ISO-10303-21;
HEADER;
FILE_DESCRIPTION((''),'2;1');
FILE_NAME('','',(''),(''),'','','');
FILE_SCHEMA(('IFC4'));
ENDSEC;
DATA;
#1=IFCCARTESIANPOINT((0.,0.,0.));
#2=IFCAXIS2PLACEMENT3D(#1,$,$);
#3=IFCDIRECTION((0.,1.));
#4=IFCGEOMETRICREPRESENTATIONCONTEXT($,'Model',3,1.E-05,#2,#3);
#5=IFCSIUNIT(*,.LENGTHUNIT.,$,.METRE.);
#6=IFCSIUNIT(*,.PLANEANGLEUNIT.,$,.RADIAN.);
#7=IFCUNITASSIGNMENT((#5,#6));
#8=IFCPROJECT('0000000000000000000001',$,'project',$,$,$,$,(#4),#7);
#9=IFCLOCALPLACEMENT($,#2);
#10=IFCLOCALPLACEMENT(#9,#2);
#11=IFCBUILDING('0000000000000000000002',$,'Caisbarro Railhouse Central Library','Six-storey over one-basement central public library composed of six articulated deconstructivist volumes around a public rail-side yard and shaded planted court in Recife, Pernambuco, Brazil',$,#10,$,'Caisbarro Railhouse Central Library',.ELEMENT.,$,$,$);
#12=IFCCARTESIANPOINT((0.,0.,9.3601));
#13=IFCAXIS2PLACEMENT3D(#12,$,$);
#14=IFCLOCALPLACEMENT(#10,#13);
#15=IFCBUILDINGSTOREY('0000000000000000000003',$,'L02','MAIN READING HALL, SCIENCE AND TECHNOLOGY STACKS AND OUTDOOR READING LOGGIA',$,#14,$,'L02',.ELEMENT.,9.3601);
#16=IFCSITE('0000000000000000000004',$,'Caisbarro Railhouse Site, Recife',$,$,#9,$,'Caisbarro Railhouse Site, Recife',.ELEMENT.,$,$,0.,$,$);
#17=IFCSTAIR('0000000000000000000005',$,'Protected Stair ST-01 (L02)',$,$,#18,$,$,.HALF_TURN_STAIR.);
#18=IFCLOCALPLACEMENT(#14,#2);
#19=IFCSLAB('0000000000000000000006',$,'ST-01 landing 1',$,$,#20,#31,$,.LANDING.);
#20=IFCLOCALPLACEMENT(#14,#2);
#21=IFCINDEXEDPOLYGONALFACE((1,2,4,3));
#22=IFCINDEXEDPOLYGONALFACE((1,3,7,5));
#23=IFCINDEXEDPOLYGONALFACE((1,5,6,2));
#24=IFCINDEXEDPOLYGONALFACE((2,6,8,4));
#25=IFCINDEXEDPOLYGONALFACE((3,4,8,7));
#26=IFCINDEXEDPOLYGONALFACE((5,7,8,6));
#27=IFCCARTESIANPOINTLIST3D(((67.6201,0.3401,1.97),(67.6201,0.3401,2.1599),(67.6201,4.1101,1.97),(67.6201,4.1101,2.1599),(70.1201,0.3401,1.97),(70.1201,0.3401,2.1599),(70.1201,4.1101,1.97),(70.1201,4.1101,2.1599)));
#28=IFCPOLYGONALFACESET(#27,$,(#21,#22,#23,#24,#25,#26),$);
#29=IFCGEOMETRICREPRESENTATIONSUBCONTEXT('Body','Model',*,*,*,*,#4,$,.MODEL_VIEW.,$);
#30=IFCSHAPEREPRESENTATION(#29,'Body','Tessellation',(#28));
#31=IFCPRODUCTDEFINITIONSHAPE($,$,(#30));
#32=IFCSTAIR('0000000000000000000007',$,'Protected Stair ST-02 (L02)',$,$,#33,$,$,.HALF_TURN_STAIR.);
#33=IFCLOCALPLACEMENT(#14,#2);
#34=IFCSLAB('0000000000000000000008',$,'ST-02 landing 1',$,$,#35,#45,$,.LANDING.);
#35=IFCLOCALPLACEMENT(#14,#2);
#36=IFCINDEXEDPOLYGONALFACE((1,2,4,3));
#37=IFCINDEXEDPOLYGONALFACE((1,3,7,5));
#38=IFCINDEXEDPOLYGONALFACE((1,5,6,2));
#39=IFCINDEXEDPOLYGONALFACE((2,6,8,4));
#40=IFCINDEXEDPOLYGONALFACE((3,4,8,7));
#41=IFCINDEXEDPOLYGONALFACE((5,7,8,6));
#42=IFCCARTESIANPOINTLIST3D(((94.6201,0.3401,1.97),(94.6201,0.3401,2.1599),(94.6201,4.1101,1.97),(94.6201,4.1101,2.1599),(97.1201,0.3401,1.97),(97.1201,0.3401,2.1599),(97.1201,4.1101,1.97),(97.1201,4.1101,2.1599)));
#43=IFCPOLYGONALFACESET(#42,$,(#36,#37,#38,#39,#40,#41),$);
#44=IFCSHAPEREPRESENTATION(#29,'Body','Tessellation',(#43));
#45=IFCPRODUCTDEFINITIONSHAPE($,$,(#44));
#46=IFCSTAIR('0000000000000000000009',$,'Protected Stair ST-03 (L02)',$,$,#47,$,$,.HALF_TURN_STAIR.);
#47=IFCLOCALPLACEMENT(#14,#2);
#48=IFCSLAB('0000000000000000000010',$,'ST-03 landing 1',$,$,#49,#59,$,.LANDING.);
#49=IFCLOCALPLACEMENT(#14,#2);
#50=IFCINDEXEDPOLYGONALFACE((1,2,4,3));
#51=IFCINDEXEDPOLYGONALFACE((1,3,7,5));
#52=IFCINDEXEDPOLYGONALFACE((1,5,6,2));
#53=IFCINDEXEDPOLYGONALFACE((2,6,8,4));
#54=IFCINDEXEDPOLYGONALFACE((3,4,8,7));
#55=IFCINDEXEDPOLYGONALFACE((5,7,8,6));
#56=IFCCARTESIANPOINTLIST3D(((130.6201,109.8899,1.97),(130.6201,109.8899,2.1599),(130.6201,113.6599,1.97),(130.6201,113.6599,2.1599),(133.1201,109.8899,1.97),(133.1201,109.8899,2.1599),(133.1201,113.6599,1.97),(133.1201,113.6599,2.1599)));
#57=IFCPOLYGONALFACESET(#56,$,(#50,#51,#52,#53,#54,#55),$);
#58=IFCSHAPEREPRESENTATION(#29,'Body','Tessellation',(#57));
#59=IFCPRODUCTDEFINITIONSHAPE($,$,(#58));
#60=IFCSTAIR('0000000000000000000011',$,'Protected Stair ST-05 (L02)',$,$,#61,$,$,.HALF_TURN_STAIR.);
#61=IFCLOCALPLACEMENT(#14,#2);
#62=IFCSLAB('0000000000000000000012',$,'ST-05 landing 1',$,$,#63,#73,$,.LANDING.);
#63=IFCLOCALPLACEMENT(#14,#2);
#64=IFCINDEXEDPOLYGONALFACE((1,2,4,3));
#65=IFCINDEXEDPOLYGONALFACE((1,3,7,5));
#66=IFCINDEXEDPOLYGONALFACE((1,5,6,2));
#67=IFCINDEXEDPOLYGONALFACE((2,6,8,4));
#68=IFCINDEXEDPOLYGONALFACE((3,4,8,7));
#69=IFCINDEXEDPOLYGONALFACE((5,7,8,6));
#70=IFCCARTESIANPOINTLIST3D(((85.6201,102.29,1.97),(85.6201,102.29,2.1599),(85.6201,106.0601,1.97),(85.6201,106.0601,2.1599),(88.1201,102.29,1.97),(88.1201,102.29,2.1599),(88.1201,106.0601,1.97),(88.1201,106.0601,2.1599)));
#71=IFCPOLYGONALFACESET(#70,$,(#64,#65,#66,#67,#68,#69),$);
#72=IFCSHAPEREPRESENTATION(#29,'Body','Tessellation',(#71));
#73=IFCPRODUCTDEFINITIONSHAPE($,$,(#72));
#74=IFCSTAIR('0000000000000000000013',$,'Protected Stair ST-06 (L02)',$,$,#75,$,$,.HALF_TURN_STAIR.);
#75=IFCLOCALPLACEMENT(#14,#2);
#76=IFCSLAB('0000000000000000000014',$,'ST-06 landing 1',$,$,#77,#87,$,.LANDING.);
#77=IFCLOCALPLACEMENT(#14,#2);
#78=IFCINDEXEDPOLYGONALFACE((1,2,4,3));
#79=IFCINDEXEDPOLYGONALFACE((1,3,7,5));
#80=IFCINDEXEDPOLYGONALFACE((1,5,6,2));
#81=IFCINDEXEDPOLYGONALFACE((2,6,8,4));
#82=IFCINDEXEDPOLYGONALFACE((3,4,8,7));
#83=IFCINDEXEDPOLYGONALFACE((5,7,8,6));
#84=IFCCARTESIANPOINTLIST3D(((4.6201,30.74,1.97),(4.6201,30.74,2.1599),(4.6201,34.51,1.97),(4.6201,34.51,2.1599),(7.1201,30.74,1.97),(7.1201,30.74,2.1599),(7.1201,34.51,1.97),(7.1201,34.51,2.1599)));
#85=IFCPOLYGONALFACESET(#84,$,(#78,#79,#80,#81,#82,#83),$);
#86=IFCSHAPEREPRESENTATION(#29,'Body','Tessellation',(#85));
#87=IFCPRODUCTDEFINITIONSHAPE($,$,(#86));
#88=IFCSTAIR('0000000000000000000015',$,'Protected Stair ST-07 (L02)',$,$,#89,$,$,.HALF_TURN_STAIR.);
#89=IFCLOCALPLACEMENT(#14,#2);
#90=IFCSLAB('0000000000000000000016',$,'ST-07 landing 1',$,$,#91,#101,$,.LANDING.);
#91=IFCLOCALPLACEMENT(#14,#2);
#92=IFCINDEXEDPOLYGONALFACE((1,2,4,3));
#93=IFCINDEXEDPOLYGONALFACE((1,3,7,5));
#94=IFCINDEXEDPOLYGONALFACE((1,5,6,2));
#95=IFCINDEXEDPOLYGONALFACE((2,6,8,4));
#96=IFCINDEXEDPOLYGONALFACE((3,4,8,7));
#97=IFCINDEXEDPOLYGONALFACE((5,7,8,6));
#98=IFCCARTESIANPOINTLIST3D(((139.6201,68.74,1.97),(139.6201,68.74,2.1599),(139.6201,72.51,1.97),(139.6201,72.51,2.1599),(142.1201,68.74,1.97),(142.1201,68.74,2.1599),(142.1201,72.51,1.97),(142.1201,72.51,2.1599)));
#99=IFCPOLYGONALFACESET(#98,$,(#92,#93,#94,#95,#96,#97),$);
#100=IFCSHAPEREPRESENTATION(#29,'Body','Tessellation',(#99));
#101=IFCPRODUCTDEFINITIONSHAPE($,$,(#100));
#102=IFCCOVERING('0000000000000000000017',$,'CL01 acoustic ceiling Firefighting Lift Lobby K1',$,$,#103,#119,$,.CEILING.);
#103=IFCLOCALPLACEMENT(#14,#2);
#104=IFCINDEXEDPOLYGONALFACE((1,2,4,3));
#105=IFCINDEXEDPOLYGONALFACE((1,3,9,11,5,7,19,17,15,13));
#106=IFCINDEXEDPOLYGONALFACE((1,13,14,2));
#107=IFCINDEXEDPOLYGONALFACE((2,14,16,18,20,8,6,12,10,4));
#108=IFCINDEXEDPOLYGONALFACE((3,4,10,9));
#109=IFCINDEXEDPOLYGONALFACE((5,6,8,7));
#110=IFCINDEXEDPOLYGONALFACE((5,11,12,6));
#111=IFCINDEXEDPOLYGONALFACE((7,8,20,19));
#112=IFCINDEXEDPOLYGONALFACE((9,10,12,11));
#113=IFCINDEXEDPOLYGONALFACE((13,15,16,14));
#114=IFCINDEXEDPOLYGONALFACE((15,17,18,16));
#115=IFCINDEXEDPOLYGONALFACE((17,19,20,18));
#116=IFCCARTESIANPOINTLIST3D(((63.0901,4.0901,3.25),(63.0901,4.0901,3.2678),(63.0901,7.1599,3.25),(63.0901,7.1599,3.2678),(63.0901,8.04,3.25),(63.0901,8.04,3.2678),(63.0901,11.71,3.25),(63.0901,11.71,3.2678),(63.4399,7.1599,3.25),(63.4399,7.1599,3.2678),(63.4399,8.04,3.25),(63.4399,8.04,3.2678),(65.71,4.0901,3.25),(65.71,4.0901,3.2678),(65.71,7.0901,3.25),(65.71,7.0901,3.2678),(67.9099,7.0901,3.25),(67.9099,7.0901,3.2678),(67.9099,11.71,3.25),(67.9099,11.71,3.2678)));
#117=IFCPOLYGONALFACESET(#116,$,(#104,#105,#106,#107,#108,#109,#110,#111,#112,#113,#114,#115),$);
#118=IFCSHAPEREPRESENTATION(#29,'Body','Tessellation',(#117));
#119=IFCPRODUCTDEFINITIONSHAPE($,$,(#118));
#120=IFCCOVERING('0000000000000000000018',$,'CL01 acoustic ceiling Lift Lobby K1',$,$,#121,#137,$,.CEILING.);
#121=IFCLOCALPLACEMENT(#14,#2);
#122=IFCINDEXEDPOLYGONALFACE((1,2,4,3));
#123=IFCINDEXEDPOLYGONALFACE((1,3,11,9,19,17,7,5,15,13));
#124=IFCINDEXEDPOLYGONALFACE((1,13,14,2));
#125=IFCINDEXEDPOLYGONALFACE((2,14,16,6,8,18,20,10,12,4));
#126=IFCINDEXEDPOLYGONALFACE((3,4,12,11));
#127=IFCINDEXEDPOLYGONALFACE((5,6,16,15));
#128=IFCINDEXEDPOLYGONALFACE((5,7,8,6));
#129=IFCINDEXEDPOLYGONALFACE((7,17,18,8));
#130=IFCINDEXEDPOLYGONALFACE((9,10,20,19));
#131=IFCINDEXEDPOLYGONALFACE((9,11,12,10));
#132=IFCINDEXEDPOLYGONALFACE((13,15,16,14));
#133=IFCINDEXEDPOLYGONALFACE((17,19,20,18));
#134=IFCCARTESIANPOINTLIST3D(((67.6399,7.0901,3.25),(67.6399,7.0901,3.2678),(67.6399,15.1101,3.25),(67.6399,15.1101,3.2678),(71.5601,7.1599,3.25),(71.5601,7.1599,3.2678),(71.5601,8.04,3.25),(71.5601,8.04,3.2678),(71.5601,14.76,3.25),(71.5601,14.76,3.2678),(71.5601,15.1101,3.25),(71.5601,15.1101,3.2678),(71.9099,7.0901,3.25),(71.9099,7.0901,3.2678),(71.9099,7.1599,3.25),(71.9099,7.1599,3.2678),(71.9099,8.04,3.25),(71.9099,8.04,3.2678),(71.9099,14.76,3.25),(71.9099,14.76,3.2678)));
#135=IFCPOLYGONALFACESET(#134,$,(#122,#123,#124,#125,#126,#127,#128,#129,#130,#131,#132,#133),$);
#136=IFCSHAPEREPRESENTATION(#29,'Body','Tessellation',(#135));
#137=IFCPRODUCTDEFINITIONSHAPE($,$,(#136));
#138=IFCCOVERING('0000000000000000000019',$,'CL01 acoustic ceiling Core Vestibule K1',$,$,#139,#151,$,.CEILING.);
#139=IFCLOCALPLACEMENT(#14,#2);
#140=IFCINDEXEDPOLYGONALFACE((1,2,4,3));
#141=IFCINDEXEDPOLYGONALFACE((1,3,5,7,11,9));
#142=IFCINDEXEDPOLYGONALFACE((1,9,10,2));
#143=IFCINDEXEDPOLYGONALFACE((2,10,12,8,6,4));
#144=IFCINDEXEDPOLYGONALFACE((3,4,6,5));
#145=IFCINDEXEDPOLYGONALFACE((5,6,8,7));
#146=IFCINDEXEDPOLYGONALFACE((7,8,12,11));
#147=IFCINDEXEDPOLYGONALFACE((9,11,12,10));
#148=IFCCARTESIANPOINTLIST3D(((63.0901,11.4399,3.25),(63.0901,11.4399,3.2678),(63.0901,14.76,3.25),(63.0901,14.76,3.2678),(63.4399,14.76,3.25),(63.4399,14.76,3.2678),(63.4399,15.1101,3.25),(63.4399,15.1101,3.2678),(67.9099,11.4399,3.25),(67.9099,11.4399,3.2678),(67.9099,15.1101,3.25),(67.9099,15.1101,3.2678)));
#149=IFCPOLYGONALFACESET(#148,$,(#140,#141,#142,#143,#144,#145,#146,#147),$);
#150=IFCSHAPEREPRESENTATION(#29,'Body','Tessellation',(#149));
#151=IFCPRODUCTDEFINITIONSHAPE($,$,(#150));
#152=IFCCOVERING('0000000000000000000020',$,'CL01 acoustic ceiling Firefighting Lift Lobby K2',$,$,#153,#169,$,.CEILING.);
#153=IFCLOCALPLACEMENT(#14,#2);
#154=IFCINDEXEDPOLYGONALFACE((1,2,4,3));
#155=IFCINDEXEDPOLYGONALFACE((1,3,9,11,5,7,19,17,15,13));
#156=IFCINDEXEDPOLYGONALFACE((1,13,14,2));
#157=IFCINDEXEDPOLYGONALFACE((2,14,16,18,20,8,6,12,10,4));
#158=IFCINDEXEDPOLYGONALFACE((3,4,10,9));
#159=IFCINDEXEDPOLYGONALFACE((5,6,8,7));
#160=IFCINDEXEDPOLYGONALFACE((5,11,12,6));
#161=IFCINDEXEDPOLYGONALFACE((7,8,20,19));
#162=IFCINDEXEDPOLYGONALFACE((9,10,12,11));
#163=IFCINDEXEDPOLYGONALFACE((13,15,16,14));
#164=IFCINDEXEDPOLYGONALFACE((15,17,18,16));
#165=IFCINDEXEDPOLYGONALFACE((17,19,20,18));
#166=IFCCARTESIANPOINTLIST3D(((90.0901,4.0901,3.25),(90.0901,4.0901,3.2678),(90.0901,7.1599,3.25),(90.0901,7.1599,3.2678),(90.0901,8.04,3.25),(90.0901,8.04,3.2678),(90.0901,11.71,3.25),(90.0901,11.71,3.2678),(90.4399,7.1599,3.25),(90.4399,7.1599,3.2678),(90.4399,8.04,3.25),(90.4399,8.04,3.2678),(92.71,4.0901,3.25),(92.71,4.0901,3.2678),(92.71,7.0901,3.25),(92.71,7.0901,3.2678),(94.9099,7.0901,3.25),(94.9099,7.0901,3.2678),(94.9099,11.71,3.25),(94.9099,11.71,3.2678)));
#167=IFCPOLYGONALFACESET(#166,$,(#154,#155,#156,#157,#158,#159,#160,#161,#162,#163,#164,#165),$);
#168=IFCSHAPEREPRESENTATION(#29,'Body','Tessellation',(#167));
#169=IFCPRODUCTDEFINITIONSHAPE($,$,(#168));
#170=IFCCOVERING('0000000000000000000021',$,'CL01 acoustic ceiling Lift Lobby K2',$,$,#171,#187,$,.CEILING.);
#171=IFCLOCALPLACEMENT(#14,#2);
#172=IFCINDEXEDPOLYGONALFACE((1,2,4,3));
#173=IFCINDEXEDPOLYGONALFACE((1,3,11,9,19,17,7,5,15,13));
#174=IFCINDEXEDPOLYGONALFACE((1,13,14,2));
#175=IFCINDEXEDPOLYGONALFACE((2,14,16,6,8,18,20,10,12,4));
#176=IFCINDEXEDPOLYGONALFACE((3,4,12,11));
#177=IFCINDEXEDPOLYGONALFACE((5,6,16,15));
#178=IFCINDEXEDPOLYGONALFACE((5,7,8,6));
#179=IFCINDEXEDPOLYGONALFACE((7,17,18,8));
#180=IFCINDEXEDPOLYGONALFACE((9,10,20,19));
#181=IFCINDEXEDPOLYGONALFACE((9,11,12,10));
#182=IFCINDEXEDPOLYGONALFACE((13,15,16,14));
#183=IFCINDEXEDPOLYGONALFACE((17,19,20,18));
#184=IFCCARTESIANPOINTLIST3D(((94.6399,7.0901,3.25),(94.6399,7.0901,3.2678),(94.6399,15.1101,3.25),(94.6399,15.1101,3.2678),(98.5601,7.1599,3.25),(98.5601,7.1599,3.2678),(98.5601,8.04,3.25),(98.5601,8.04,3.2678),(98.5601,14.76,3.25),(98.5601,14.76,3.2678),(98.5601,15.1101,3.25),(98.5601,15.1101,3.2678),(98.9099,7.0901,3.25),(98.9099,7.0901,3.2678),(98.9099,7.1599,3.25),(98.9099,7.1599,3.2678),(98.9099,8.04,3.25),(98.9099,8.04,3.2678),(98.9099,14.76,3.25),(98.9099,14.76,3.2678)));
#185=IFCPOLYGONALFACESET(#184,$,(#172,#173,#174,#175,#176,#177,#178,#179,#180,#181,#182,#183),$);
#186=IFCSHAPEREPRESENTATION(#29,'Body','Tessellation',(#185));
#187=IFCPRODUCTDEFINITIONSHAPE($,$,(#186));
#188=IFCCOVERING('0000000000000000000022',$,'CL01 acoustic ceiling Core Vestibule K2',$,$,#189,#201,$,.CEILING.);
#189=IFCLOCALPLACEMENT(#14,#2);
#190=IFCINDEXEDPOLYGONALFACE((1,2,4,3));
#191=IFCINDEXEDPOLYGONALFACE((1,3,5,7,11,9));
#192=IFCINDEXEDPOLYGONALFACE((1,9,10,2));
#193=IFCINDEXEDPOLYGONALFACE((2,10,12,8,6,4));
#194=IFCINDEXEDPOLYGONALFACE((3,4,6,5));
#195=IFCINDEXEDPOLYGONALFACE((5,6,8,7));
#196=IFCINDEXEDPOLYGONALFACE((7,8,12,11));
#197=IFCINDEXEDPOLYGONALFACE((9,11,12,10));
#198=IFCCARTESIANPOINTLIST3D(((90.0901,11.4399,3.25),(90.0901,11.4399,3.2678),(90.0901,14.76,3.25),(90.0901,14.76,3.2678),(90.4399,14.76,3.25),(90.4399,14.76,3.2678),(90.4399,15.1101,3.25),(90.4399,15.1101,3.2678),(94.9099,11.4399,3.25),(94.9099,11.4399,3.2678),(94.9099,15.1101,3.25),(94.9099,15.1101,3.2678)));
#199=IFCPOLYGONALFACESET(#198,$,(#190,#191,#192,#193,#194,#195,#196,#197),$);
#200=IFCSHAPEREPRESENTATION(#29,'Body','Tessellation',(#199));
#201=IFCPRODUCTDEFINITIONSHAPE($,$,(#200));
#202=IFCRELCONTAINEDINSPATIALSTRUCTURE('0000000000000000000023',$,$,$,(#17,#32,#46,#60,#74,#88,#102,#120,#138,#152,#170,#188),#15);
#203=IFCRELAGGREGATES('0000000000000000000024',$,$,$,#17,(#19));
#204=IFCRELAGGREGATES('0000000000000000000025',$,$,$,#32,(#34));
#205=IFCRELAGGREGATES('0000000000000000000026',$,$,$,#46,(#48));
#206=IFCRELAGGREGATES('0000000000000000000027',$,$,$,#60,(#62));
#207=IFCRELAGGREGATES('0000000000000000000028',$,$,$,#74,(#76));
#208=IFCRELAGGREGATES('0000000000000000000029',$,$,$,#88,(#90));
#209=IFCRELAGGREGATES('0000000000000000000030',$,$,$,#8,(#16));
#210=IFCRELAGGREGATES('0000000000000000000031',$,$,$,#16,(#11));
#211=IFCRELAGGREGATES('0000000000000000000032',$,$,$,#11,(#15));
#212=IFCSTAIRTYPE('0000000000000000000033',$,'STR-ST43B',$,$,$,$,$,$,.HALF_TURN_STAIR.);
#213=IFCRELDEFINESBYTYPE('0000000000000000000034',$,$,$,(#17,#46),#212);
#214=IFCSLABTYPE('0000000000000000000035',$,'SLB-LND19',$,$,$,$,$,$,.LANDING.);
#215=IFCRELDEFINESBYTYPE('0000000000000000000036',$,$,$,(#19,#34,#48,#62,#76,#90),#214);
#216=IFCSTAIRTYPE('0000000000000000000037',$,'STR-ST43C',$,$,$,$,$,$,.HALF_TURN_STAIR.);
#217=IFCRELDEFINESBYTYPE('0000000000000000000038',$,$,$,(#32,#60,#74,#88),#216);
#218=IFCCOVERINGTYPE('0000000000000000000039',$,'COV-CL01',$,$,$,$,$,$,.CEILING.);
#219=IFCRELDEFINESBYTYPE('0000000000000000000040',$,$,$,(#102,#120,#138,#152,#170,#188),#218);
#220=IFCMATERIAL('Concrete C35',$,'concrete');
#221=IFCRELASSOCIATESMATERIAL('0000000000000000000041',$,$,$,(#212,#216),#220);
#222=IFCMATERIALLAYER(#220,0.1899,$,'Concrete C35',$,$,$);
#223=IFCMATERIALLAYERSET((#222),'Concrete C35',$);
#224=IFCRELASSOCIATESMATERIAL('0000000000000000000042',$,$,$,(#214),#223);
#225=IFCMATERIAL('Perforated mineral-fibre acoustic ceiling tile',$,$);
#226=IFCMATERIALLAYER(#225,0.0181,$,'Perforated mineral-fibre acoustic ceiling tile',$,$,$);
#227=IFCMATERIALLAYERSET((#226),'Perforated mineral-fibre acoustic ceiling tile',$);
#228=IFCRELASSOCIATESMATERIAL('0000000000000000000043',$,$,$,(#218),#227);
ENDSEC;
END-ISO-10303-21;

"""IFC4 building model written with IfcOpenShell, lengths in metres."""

from ifc_helpers import new_model, si_unit, direction, frame, origin, place, context, subcontext, project, spatial, polyline, outline, extrude, material, layer, layer_set, type_object, element, aggregate, save


model = new_model("IFC4")

# Units and contexts
model_context = context("Model", 3, precision=1e-05, world=origin(), true_north=direction((0.0, 1.0)))
body_context = subcontext(model_context, "Body", "Model", "MODEL_VIEW")
ifc_project = project(units=[si_unit("LENGTHUNIT", "METRE"), si_unit("PLANEANGLEUNIT", "RADIAN")], contexts=[model_context])

# Site, building, storey
site_placement = place(None, origin())
site = spatial("IfcSite", under=ifc_project, at=site_placement, Name="Caisbarro Railhouse Site, Recife", LongName="Caisbarro Railhouse Site, Recife", CompositionType="ELEMENT", RefElevation=0.0)
building_placement = place(site_placement, origin())
building = spatial("IfcBuilding", under=site, at=building_placement, Name="Caisbarro Railhouse Central Library", Description="Six-storey over one-basement central public library composed of six articulated deconstructivist volumes around a public rail-side yard and shaded planted court in Recife, Pernambuco, Brazil", LongName="Caisbarro Railhouse Central Library", CompositionType="ELEMENT")
storey_placement = place(building_placement, frame((0.0, 0.0, 9.3601)))
storey = spatial("IfcBuildingStorey", under=building, at=storey_placement, Name="L02", Description="MAIN READING HALL, SCIENCE AND TECHNOLOGY STACKS AND OUTDOOR READING LOGGIA", LongName="L02", CompositionType="ELEMENT", Elevation=9.3601)

# Stairs, slabs
ifc_material_1 = material(Name="Concrete C35", Category="concrete")
stair_type_1 = type_object("IfcStairType", Name="STR-ST43B", PredefinedType="HALF_TURN_STAIR", material=ifc_material_1)
stair_1_placement = place(storey_placement, origin())
stair_1 = element("IfcStair", 1, at=stair_1_placement, inside=storey, type_object=stair_type_1, Name="Protected Stair ST-01 (L02)", PredefinedType="HALF_TURN_STAIR")
ifc_layer_1 = layer(ifc_material_1, 0.1899, Name="Concrete C35")
ifc_layer_set_1 = layer_set([ifc_layer_1], Name="Concrete C35")
slab_type = type_object("IfcSlabType", Name="SLB-LND19", PredefinedType="LANDING", material=ifc_layer_set_1)
slab_1_placement = place(storey_placement, frame((0.0, 0.0, 1.97)))
slab_1 = element("IfcSlab", 2, at=slab_1_placement, type_object=slab_type, Name="ST-01 landing 1", PredefinedType="LANDING", context=body_context, shape_type="SweptSolid", body=[
    extrude(outline(polyline([(67.6201, 0.3401), (70.1201, 0.3401), (70.1201, 4.1101), (67.6201, 4.1101), (67.6201, 0.3401)])), origin(), (0.0, 0.0, 1.0), 0.1899),
])
aggregate(stair_1, [slab_1])
stair_type_2 = type_object("IfcStairType", Name="STR-ST43C", PredefinedType="HALF_TURN_STAIR", material=ifc_material_1)
stair_2_placement = place(storey_placement, origin())
stair_2 = element("IfcStair", 3, at=stair_2_placement, inside=storey, type_object=stair_type_2, Name="Protected Stair ST-02 (L02)", PredefinedType="HALF_TURN_STAIR")
slab_2_placement = place(storey_placement, frame((0.0, 0.0, 1.97)))
slab_2 = element("IfcSlab", 4, at=slab_2_placement, type_object=slab_type, Name="ST-02 landing 1", PredefinedType="LANDING", context=body_context, shape_type="SweptSolid", body=[
    extrude(outline(polyline([(94.6201, 0.3401), (97.1201, 0.3401), (97.1201, 4.1101), (94.6201, 4.1101), (94.6201, 0.3401)])), origin(), (0.0, 0.0, 1.0), 0.1899),
])
aggregate(stair_2, [slab_2])
stair_3_placement = place(storey_placement, origin())
stair_3 = element("IfcStair", 5, at=stair_3_placement, inside=storey, type_object=stair_type_1, Name="Protected Stair ST-03 (L02)", PredefinedType="HALF_TURN_STAIR")
slab_3_placement = place(storey_placement, frame((0.0, 0.0, 1.97)))
slab_3 = element("IfcSlab", 6, at=slab_3_placement, type_object=slab_type, Name="ST-03 landing 1", PredefinedType="LANDING", context=body_context, shape_type="SweptSolid", body=[
    extrude(outline(polyline([(130.6201, 109.8899), (133.1201, 109.8899), (133.1201, 113.6599), (130.6201, 113.6599), (130.6201, 109.8899)])), origin(), (0.0, 0.0, 1.0), 0.1899),
])
aggregate(stair_3, [slab_3])
stair_4_placement = place(storey_placement, origin())
stair_4 = element("IfcStair", 7, at=stair_4_placement, inside=storey, type_object=stair_type_2, Name="Protected Stair ST-05 (L02)", PredefinedType="HALF_TURN_STAIR")
slab_4_placement = place(storey_placement, frame((0.0, 0.0, 1.97)))
slab_4 = element("IfcSlab", 8, at=slab_4_placement, type_object=slab_type, Name="ST-05 landing 1", PredefinedType="LANDING", context=body_context, shape_type="SweptSolid", body=[
    extrude(outline(polyline([(85.6201, 102.29), (88.1201, 102.29), (88.1201, 106.0601), (85.6201, 106.0601), (85.6201, 102.29)])), origin(), (0.0, 0.0, 1.0), 0.1899),
])
aggregate(stair_4, [slab_4])
stair_5_placement = place(storey_placement, origin())
stair_5 = element("IfcStair", 9, at=stair_5_placement, inside=storey, type_object=stair_type_2, Name="Protected Stair ST-06 (L02)", PredefinedType="HALF_TURN_STAIR")
slab_5_placement = place(storey_placement, frame((0.0, 0.0, 1.97)))
slab_5 = element("IfcSlab", 10, at=slab_5_placement, type_object=slab_type, Name="ST-06 landing 1", PredefinedType="LANDING", context=body_context, shape_type="SweptSolid", body=[
    extrude(outline(polyline([(4.6201, 30.74), (7.1201, 30.74), (7.1201, 34.51), (4.6201, 34.51), (4.6201, 30.74)])), origin(), (0.0, 0.0, 1.0), 0.1899),
])
aggregate(stair_5, [slab_5])
stair_6_placement = place(storey_placement, origin())
stair_6 = element("IfcStair", 11, at=stair_6_placement, inside=storey, type_object=stair_type_2, Name="Protected Stair ST-07 (L02)", PredefinedType="HALF_TURN_STAIR")
slab_6_placement = place(storey_placement, frame((0.0, 0.0, 1.97)))
slab_6 = element("IfcSlab", 12, at=slab_6_placement, type_object=slab_type, Name="ST-07 landing 1", PredefinedType="LANDING", context=body_context, shape_type="SweptSolid", body=[
    extrude(outline(polyline([(139.6201, 68.74), (142.1201, 68.74), (142.1201, 72.51), (139.6201, 72.51), (139.6201, 68.74)])), origin(), (0.0, 0.0, 1.0), 0.1899),
])
aggregate(stair_6, [slab_6])

# Coverings
ifc_material_2 = material(Name="Perforated mineral-fibre acoustic ceiling tile")
ifc_layer_2 = layer(ifc_material_2, 0.0181, Name="Perforated mineral-fibre acoustic ceiling tile")
ifc_layer_set_2 = layer_set([ifc_layer_2], Name="Perforated mineral-fibre acoustic ceiling tile")
covering_type_1 = type_object("IfcCoveringType", Name="COV-CL01", PredefinedType="CEILING", material=ifc_layer_set_2)
covering_1_placement = place(storey_placement, frame((0.0, 0.0, 3.25)))
element("IfcCovering", 13, at=covering_1_placement, inside=storey, type_object=covering_type_1, Name="CL01 acoustic ceiling Firefighting Lift Lobby K1", PredefinedType="CEILING", context=body_context, shape_type="SweptSolid", body=[
    extrude(outline(polyline([(63.0901, 7.1599), (63.4399, 7.1599), (63.4399, 8.04), (63.0901, 8.04), (63.0901, 11.71), (67.9099, 11.71), (67.9099, 7.0901), (65.71, 7.0901), (65.71, 4.0901), (63.0901, 4.0901), (63.0901, 7.1599)])), origin(), (0.0, 0.0, 1.0), 0.0178),
])
covering_2_placement = place(storey_placement, frame((0.0, 0.0, 3.25)))
element("IfcCovering", 14, at=covering_2_placement, inside=storey, type_object=covering_type_1, Name="CL01 acoustic ceiling Lift Lobby K1", PredefinedType="CEILING", context=body_context, shape_type="SweptSolid", body=[
    extrude(outline(polyline([(71.5601, 15.1101), (71.5601, 14.76), (71.9099, 14.76), (71.9099, 8.04), (71.5601, 8.04), (71.5601, 7.1599), (71.9099, 7.1599), (71.9099, 7.0901), (67.6399, 7.0901), (67.6399, 15.1101), (71.5601, 15.1101)])), origin(), (0.0, 0.0, 1.0), 0.0178),
])
covering_3_placement = place(storey_placement, frame((0.0, 0.0, 3.25)))
element("IfcCovering", 15, at=covering_3_placement, inside=storey, type_object=covering_type_1, Name="CL01 acoustic ceiling Core Vestibule K1", PredefinedType="CEILING", context=body_context, shape_type="SweptSolid", body=[
    extrude(outline(polyline([(63.0901, 14.76), (63.4399, 14.76), (63.4399, 15.1101), (67.9099, 15.1101), (67.9099, 11.4399), (63.0901, 11.4399), (63.0901, 14.76)])), origin(), (0.0, 0.0, 1.0), 0.0178),
])
covering_4_placement = place(storey_placement, frame((0.0, 0.0, 3.25)))
element("IfcCovering", 16, at=covering_4_placement, inside=storey, type_object=covering_type_1, Name="CL01 acoustic ceiling Firefighting Lift Lobby K2", PredefinedType="CEILING", context=body_context, shape_type="SweptSolid", body=[
    extrude(outline(polyline([(90.0901, 7.1599), (90.4399, 7.1599), (90.4399, 8.04), (90.0901, 8.04), (90.0901, 11.71), (94.9099, 11.71), (94.9099, 7.0901), (92.71, 7.0901), (92.71, 4.0901), (90.0901, 4.0901), (90.0901, 7.1599)])), origin(), (0.0, 0.0, 1.0), 0.0178),
])
covering_5_placement = place(storey_placement, frame((0.0, 0.0, 3.25)))
element("IfcCovering", 17, at=covering_5_placement, inside=storey, type_object=covering_type_1, Name="CL01 acoustic ceiling Lift Lobby K2", PredefinedType="CEILING", context=body_context, shape_type="SweptSolid", body=[
    extrude(outline(polyline([(98.5601, 15.1101), (98.5601, 14.76), (98.9099, 14.76), (98.9099, 8.04), (98.5601, 8.04), (98.5601, 7.1599), (98.9099, 7.1599), (98.9099, 7.0901), (94.6399, 7.0901), (94.6399, 15.1101), (98.5601, 15.1101)])), origin(), (0.0, 0.0, 1.0), 0.0178),
])
covering_6_placement = place(storey_placement, frame((0.0, 0.0, 3.25)))
element("IfcCovering", 18, at=covering_6_placement, inside=storey, type_object=covering_type_1, Name="CL01 acoustic ceiling Core Vestibule K2", PredefinedType="CEILING", context=body_context, shape_type="SweptSolid", body=[
    extrude(outline(polyline([(90.0901, 14.76), (90.4399, 14.76), (90.4399, 15.1101), (94.9099, 15.1101), (94.9099, 11.4399), (90.0901, 11.4399), (90.0901, 14.76)])), origin(), (0.0, 0.0, 1.0), 0.0178),
])

save(model, "model.ifc")
